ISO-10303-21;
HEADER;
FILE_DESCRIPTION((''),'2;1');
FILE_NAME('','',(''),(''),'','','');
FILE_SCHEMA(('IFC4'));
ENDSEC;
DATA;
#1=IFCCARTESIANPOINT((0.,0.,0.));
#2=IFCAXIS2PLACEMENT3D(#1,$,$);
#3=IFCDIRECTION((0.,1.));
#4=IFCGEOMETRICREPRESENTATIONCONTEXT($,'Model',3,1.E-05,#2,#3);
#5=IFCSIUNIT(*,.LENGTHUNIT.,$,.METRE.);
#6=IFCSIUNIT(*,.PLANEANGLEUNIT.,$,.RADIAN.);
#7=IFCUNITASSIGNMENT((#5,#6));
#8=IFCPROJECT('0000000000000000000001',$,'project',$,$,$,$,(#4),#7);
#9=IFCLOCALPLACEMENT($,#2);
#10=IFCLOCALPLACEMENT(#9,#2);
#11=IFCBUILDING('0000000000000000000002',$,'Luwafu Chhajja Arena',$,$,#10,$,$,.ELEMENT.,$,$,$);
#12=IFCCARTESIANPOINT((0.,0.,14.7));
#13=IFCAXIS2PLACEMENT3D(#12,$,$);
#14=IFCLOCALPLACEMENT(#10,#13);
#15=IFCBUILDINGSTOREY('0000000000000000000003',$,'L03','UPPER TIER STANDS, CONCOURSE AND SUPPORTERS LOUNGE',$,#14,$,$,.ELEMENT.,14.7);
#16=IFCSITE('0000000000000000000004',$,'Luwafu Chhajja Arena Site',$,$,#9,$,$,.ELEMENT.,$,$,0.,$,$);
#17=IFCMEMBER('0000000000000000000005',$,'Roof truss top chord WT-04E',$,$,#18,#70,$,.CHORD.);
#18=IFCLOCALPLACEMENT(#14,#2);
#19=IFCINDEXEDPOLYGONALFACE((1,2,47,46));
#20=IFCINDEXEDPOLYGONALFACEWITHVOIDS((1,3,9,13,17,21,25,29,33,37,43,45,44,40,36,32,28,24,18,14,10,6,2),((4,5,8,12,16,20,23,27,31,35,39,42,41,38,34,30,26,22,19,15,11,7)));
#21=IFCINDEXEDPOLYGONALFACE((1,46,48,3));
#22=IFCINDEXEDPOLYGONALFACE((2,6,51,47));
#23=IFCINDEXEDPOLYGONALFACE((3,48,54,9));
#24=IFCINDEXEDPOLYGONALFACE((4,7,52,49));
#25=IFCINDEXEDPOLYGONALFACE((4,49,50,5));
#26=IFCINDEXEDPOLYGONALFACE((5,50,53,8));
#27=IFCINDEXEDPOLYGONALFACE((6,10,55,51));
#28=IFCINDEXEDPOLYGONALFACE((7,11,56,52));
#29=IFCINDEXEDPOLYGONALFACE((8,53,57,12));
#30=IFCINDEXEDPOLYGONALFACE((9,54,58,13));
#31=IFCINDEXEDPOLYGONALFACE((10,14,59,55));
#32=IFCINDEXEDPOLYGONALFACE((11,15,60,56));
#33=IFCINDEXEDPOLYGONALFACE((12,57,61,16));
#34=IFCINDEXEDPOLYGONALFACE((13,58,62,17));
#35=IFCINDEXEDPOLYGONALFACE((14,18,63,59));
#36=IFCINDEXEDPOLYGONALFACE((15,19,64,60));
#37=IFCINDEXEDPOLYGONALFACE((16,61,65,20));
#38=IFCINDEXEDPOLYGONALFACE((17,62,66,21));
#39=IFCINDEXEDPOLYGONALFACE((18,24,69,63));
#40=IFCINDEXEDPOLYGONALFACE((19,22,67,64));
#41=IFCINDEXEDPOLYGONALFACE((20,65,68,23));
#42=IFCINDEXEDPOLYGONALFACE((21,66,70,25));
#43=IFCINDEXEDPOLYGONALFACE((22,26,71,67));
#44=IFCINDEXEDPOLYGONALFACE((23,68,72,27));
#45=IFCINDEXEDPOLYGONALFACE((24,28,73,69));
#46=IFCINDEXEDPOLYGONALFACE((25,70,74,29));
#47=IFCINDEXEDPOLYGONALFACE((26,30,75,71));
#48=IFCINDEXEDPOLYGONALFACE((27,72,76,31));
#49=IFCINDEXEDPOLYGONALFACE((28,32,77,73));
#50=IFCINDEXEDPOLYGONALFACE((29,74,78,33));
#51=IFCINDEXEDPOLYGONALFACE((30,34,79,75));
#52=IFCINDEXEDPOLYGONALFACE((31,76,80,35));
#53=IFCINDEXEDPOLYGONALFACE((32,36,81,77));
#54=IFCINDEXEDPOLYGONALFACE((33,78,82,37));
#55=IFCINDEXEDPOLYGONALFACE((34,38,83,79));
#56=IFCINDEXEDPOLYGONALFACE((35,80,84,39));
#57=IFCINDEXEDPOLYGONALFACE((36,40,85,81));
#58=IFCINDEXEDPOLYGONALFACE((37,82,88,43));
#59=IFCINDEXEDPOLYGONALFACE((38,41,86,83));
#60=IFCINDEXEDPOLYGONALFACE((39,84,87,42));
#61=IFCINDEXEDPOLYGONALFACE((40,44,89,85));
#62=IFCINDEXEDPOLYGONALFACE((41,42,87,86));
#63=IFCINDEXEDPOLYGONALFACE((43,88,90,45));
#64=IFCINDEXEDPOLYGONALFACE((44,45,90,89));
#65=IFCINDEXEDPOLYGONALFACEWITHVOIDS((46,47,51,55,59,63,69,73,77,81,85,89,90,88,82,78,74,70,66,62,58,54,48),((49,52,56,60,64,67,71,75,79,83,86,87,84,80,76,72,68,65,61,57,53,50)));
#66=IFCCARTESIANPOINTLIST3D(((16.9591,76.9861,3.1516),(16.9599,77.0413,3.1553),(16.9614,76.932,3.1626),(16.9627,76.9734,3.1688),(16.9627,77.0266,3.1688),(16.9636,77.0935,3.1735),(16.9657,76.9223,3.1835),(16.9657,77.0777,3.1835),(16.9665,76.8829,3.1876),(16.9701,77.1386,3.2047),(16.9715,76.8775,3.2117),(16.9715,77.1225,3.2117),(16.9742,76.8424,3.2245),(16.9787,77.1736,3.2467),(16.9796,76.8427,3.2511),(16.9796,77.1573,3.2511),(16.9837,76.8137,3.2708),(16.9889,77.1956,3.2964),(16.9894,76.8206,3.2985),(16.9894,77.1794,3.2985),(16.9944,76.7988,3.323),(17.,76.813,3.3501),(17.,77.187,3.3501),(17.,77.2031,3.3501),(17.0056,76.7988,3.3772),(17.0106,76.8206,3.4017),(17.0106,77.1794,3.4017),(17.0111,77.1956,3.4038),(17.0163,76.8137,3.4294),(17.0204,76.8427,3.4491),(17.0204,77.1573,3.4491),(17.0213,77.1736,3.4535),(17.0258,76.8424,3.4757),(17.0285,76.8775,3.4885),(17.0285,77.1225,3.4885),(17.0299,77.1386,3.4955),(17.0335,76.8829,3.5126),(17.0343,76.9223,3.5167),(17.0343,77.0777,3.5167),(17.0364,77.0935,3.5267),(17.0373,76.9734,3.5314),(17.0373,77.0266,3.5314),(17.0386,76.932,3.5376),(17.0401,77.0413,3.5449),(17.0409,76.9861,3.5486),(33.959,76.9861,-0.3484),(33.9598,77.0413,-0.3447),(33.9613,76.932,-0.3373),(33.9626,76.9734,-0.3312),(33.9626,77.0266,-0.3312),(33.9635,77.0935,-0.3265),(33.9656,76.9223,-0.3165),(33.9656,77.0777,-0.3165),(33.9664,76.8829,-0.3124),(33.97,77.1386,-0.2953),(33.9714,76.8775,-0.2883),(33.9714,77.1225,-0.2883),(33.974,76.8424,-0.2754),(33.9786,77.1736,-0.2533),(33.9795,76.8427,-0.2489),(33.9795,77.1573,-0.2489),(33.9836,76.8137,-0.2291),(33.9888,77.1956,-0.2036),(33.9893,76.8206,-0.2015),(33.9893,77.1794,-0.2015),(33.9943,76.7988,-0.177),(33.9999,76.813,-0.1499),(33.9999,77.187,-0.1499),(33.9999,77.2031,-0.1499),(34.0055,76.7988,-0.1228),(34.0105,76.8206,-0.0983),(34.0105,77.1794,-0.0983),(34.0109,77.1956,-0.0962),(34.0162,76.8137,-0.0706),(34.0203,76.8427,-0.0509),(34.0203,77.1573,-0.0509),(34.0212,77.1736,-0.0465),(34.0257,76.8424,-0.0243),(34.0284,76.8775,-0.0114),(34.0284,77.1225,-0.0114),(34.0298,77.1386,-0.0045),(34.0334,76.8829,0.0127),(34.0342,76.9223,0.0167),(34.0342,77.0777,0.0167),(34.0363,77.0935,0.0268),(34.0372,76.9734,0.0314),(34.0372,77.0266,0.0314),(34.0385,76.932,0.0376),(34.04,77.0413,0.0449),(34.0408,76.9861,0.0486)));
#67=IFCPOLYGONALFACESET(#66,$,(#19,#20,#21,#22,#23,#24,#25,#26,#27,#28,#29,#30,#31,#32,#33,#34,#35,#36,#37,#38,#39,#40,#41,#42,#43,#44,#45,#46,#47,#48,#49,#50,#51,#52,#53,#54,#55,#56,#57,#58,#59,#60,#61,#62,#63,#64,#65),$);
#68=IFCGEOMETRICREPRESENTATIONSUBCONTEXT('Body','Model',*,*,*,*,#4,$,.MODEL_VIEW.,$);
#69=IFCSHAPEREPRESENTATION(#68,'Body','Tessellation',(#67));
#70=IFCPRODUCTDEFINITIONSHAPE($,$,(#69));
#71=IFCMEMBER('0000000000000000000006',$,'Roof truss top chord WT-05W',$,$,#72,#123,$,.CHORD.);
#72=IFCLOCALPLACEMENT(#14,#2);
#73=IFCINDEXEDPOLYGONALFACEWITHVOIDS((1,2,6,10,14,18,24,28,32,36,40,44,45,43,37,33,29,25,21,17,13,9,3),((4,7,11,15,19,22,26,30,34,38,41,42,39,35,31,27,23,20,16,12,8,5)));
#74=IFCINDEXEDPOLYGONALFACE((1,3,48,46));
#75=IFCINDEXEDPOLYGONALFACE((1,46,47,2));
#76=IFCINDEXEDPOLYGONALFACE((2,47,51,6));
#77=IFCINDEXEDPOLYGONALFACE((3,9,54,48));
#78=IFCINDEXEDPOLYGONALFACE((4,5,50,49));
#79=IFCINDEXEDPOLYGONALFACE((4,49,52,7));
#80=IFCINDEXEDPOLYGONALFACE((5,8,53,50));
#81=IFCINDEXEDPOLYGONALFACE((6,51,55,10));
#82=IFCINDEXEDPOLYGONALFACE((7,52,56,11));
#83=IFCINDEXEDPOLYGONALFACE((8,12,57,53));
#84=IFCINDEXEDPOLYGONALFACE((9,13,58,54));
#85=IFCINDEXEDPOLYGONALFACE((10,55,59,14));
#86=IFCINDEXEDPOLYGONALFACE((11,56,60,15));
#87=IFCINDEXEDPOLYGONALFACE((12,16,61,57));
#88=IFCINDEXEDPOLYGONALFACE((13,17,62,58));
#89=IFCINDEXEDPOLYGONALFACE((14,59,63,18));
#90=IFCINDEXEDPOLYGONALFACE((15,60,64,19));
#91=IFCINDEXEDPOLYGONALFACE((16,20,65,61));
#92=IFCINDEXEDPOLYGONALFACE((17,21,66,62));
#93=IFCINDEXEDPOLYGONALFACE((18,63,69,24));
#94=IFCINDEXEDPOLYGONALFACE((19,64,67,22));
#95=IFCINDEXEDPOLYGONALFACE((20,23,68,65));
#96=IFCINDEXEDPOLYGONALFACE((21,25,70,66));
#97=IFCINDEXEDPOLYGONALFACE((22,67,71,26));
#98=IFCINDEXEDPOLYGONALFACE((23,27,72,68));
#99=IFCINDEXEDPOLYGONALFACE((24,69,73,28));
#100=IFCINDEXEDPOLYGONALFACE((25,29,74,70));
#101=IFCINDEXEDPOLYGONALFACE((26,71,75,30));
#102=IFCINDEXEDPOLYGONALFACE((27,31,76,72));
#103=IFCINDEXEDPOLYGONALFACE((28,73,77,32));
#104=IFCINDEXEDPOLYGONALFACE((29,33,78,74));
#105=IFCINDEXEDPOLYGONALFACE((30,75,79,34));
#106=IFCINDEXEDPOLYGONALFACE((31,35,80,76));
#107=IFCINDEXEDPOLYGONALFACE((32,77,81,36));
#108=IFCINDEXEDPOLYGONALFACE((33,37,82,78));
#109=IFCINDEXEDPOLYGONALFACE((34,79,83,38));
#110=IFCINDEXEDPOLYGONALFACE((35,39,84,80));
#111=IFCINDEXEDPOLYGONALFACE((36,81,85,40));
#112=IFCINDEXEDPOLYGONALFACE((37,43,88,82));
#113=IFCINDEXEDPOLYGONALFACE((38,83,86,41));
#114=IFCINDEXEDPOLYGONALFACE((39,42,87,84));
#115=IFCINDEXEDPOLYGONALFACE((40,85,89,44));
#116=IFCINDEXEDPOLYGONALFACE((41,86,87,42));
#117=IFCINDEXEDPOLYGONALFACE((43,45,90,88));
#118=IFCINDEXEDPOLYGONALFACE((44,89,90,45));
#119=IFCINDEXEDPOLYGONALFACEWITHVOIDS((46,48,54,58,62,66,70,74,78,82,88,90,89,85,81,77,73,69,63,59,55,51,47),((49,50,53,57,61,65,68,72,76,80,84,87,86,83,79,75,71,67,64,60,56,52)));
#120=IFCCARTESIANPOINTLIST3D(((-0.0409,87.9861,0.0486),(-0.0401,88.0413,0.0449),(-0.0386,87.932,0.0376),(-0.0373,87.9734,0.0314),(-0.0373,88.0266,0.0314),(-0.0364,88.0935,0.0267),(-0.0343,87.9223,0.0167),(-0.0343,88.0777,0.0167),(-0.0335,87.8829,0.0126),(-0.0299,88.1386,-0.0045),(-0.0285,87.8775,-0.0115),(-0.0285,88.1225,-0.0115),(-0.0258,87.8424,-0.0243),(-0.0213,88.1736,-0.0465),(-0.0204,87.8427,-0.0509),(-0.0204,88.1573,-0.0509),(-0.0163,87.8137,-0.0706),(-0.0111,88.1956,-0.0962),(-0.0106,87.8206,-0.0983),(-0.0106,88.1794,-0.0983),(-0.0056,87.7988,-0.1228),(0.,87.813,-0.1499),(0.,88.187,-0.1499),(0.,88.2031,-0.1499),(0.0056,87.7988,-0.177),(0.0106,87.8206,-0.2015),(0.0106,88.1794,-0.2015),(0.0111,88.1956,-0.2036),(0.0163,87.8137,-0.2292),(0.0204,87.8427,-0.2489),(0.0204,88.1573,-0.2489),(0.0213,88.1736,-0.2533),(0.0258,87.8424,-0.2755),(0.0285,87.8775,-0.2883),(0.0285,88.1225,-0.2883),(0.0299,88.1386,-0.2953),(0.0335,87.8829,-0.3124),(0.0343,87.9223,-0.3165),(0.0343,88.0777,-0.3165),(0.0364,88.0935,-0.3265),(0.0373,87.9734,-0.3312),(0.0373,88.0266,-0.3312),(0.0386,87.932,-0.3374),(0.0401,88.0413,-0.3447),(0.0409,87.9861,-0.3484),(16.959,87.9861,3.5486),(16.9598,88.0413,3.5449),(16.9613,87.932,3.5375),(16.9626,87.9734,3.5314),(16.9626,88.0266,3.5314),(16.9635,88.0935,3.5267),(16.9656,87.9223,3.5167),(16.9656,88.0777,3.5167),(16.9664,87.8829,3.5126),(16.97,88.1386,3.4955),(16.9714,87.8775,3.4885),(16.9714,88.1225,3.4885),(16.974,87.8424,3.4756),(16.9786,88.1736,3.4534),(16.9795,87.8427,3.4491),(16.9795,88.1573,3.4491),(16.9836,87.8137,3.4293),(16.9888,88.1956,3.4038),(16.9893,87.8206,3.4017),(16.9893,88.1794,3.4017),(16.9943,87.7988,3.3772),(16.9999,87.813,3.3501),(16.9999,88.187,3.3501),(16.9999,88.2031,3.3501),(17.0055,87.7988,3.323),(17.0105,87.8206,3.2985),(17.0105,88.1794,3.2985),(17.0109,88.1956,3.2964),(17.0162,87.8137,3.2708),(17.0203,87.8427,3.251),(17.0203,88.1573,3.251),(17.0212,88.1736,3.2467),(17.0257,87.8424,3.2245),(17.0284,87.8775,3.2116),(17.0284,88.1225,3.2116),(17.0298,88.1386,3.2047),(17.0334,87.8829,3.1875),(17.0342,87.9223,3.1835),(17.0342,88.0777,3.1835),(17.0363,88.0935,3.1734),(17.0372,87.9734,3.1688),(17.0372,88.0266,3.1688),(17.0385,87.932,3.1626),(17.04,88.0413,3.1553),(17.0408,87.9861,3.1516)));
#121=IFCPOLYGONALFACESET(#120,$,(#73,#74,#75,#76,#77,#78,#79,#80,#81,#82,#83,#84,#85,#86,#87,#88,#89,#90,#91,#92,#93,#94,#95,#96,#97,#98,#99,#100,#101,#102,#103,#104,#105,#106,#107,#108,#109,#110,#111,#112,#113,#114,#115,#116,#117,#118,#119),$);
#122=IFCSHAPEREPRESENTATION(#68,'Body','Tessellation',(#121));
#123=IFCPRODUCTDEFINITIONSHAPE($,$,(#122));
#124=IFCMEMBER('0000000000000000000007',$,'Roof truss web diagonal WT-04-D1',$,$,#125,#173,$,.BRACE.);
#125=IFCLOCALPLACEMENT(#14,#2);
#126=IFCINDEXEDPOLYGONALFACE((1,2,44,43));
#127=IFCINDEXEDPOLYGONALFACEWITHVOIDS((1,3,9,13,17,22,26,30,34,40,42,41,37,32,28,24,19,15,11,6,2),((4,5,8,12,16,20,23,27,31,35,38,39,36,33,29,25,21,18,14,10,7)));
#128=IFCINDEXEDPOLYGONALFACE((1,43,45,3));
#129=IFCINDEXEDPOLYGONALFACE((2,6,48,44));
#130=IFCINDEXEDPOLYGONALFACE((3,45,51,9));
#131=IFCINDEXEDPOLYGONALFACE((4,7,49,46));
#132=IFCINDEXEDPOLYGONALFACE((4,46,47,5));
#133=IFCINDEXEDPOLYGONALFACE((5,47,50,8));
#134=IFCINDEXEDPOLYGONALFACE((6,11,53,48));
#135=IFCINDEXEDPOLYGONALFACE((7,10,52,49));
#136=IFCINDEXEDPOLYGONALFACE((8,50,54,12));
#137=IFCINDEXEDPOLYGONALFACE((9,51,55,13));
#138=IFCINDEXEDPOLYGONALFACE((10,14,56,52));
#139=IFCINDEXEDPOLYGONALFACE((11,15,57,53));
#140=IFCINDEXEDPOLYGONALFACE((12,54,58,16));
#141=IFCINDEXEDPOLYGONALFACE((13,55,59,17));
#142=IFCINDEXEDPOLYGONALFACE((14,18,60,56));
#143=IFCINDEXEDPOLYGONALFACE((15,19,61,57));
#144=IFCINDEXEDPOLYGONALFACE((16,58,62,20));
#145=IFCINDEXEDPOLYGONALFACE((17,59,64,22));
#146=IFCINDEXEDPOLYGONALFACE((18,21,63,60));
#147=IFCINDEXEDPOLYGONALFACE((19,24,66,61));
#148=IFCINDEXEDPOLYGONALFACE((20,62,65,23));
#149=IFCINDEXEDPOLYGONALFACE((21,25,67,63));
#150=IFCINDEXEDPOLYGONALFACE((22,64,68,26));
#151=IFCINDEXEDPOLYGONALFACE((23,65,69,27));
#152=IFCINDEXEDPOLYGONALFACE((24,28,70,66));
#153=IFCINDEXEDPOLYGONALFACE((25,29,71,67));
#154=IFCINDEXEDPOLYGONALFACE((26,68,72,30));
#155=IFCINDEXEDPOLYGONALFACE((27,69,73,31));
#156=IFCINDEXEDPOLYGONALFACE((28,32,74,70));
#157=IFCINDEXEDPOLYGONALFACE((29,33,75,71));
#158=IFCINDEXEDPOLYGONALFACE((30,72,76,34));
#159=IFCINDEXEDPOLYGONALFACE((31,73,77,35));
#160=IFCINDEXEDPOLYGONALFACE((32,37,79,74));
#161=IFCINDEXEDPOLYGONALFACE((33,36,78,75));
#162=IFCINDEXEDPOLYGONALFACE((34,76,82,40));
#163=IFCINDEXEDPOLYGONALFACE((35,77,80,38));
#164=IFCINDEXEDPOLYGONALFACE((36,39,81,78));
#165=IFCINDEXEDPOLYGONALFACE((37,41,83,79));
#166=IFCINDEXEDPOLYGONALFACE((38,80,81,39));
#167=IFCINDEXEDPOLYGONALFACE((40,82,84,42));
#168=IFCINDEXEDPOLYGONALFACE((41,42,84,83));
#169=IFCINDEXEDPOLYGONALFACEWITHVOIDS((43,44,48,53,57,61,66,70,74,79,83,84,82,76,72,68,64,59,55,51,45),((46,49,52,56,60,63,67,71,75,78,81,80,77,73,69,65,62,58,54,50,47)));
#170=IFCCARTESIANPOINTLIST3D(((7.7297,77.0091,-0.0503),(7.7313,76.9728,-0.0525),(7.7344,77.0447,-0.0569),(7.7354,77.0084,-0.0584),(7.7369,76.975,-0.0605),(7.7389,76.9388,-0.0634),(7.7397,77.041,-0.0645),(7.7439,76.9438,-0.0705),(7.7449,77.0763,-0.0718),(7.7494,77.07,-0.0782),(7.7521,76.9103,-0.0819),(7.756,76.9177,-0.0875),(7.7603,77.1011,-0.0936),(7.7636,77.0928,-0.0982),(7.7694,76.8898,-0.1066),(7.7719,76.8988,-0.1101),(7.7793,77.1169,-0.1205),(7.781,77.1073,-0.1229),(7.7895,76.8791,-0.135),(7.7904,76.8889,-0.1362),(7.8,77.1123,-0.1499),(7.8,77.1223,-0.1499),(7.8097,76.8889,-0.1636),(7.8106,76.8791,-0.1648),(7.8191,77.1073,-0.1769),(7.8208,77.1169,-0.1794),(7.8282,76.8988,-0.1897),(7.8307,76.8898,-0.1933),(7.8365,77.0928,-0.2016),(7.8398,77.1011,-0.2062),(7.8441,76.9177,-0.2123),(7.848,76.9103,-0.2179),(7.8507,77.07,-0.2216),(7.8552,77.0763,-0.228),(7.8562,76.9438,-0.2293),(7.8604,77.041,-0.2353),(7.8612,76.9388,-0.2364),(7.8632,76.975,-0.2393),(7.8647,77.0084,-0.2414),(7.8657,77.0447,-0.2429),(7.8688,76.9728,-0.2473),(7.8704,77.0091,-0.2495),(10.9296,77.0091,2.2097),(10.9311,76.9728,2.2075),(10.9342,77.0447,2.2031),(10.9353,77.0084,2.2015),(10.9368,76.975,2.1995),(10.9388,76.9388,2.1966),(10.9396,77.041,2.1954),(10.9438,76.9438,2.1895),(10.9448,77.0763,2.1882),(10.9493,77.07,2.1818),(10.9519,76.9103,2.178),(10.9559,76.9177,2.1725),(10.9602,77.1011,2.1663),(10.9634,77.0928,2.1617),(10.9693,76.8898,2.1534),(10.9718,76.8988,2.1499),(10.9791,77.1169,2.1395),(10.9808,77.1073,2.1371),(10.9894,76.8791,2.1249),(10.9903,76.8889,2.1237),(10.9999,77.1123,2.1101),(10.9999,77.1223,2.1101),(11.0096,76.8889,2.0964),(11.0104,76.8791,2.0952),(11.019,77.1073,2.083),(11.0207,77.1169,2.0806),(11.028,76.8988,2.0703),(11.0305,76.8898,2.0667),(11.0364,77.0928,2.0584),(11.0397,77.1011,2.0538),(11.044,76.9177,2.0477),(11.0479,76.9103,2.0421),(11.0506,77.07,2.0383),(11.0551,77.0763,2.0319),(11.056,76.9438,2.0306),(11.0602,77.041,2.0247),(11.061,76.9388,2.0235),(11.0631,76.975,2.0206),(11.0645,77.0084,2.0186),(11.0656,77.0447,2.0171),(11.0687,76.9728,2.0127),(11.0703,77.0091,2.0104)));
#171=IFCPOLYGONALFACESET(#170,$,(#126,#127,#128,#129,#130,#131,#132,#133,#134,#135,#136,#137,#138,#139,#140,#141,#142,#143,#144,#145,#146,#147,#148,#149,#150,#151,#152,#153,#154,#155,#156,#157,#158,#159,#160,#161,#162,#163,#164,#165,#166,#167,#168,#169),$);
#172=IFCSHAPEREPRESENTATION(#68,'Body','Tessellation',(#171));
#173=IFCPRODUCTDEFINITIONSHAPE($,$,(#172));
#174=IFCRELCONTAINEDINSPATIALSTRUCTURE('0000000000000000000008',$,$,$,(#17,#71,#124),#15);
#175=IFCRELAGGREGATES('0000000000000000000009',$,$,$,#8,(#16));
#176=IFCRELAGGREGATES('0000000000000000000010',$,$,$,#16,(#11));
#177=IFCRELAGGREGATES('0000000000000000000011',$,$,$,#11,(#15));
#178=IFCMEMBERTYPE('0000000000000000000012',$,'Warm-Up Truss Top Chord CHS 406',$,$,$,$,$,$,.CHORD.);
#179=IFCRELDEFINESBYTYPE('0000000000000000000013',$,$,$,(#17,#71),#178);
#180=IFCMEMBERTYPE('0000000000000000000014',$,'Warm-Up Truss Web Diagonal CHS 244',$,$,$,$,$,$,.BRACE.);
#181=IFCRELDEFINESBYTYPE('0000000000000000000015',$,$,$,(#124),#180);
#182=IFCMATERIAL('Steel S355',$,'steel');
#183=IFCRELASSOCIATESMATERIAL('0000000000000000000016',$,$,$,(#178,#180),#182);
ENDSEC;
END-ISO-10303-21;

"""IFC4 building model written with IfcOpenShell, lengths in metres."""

from ifc_helpers import new_model, si_unit, direction, frame, origin, origin_2d, place, context, subcontext, project, spatial, hollow_circle, extrude, material, material_profile, profile_set, type_object, element, save


model = new_model("IFC4")

# Units and contexts
model_context = context("Model", 3, precision=1e-05, world=origin(), true_north=direction((0.0, 1.0)))
body_context = subcontext(model_context, "Body", "Model", "MODEL_VIEW")
ifc_project = project(units=[si_unit("LENGTHUNIT", "METRE"), si_unit("PLANEANGLEUNIT", "RADIAN")], contexts=[model_context])

# Site, building, storey
site_placement = place(None, origin())
site = spatial("IfcSite", under=ifc_project, at=site_placement, Name="Luwafu Chhajja Arena Site", CompositionType="ELEMENT", RefElevation=0.0)
building_placement = place(site_placement, origin())
building = spatial("IfcBuilding", under=site, at=building_placement, Name="Luwafu Chhajja Arena", CompositionType="ELEMENT")
storey_placement = place(building_placement, frame((0.0, 0.0, 14.7)))
storey = spatial("IfcBuildingStorey", under=building, at=storey_placement, Name="L03", Description="UPPER TIER STANDS, CONCOURSE AND SUPPORTERS LOUNGE", CompositionType="ELEMENT", Elevation=14.7)

# Shared definitions
ifc_material_1 = material(Name="Steel S355", Category="steel")

# Members
ifc_material_profile_1 = material_profile(ifc_material_1, hollow_circle(Radius=0.2031, WallThickness=0.0161, at=origin_2d()), Name="CHS 406.4x16")
ifc_profile_set_1 = profile_set([ifc_material_profile_1], Name="Steel S355")
member_type_1 = type_object("IfcMemberType", Name="Warm-Up Truss Top Chord CHS 406", PredefinedType="CHORD", material=ifc_profile_set_1)
for number, where, z_axis, x_axis, name in (
    (1, (17.0, 77.0, 3.3501), (0.979457, 0.0, -0.201653), (0.0, 1.0, 0.0), "Roof truss top chord WT-04E"),
    (2, (0.0, 88.0, -0.1499), (0.979457, 0.0, 0.201653), (0.0, 1.0, 0.0), "Roof truss top chord WT-05W"),
):
    element("IfcMember", number, at=place(storey_placement, frame(where, z_axis=z_axis, x_axis=x_axis)), inside=storey, type_object=member_type_1, Name=name, PredefinedType="CHORD", context=body_context, shape_type="SweptSolid", body=[
        extrude(hollow_circle(Radius=0.2031, WallThickness=0.0161, at=origin_2d()), origin(), (0.0, 0.0, 1.0), 17.3564),
    ])
ifc_material_profile_2 = material_profile(ifc_material_1, hollow_circle(Radius=0.1223, WallThickness=0.01, at=origin_2d()), Name="CHS 244.5x10")
ifc_profile_set_2 = profile_set([ifc_material_profile_2], Name="Steel S355")
member_type_2 = type_object("IfcMemberType", Name="Warm-Up Truss Web Diagonal CHS 244", PredefinedType="BRACE", material=ifc_profile_set_2)
member_1_placement = place(storey_placement, frame((7.8, 77.0, -0.1499), z_axis=(0.816821, 0.0, 0.576891), x_axis=(0.0, 1.0, 0.0)))
element("IfcMember", 3, at=member_1_placement, inside=storey, type_object=member_type_2, Name="Roof truss web diagonal WT-04-D1", PredefinedType="BRACE", context=body_context, shape_type="SweptSolid", body=[
    extrude(hollow_circle(Radius=0.1223, WallThickness=0.01, at=origin_2d()), origin(), (0.0, 0.0, 1.0), 3.9175),
])

save(model, "model.ifc")
